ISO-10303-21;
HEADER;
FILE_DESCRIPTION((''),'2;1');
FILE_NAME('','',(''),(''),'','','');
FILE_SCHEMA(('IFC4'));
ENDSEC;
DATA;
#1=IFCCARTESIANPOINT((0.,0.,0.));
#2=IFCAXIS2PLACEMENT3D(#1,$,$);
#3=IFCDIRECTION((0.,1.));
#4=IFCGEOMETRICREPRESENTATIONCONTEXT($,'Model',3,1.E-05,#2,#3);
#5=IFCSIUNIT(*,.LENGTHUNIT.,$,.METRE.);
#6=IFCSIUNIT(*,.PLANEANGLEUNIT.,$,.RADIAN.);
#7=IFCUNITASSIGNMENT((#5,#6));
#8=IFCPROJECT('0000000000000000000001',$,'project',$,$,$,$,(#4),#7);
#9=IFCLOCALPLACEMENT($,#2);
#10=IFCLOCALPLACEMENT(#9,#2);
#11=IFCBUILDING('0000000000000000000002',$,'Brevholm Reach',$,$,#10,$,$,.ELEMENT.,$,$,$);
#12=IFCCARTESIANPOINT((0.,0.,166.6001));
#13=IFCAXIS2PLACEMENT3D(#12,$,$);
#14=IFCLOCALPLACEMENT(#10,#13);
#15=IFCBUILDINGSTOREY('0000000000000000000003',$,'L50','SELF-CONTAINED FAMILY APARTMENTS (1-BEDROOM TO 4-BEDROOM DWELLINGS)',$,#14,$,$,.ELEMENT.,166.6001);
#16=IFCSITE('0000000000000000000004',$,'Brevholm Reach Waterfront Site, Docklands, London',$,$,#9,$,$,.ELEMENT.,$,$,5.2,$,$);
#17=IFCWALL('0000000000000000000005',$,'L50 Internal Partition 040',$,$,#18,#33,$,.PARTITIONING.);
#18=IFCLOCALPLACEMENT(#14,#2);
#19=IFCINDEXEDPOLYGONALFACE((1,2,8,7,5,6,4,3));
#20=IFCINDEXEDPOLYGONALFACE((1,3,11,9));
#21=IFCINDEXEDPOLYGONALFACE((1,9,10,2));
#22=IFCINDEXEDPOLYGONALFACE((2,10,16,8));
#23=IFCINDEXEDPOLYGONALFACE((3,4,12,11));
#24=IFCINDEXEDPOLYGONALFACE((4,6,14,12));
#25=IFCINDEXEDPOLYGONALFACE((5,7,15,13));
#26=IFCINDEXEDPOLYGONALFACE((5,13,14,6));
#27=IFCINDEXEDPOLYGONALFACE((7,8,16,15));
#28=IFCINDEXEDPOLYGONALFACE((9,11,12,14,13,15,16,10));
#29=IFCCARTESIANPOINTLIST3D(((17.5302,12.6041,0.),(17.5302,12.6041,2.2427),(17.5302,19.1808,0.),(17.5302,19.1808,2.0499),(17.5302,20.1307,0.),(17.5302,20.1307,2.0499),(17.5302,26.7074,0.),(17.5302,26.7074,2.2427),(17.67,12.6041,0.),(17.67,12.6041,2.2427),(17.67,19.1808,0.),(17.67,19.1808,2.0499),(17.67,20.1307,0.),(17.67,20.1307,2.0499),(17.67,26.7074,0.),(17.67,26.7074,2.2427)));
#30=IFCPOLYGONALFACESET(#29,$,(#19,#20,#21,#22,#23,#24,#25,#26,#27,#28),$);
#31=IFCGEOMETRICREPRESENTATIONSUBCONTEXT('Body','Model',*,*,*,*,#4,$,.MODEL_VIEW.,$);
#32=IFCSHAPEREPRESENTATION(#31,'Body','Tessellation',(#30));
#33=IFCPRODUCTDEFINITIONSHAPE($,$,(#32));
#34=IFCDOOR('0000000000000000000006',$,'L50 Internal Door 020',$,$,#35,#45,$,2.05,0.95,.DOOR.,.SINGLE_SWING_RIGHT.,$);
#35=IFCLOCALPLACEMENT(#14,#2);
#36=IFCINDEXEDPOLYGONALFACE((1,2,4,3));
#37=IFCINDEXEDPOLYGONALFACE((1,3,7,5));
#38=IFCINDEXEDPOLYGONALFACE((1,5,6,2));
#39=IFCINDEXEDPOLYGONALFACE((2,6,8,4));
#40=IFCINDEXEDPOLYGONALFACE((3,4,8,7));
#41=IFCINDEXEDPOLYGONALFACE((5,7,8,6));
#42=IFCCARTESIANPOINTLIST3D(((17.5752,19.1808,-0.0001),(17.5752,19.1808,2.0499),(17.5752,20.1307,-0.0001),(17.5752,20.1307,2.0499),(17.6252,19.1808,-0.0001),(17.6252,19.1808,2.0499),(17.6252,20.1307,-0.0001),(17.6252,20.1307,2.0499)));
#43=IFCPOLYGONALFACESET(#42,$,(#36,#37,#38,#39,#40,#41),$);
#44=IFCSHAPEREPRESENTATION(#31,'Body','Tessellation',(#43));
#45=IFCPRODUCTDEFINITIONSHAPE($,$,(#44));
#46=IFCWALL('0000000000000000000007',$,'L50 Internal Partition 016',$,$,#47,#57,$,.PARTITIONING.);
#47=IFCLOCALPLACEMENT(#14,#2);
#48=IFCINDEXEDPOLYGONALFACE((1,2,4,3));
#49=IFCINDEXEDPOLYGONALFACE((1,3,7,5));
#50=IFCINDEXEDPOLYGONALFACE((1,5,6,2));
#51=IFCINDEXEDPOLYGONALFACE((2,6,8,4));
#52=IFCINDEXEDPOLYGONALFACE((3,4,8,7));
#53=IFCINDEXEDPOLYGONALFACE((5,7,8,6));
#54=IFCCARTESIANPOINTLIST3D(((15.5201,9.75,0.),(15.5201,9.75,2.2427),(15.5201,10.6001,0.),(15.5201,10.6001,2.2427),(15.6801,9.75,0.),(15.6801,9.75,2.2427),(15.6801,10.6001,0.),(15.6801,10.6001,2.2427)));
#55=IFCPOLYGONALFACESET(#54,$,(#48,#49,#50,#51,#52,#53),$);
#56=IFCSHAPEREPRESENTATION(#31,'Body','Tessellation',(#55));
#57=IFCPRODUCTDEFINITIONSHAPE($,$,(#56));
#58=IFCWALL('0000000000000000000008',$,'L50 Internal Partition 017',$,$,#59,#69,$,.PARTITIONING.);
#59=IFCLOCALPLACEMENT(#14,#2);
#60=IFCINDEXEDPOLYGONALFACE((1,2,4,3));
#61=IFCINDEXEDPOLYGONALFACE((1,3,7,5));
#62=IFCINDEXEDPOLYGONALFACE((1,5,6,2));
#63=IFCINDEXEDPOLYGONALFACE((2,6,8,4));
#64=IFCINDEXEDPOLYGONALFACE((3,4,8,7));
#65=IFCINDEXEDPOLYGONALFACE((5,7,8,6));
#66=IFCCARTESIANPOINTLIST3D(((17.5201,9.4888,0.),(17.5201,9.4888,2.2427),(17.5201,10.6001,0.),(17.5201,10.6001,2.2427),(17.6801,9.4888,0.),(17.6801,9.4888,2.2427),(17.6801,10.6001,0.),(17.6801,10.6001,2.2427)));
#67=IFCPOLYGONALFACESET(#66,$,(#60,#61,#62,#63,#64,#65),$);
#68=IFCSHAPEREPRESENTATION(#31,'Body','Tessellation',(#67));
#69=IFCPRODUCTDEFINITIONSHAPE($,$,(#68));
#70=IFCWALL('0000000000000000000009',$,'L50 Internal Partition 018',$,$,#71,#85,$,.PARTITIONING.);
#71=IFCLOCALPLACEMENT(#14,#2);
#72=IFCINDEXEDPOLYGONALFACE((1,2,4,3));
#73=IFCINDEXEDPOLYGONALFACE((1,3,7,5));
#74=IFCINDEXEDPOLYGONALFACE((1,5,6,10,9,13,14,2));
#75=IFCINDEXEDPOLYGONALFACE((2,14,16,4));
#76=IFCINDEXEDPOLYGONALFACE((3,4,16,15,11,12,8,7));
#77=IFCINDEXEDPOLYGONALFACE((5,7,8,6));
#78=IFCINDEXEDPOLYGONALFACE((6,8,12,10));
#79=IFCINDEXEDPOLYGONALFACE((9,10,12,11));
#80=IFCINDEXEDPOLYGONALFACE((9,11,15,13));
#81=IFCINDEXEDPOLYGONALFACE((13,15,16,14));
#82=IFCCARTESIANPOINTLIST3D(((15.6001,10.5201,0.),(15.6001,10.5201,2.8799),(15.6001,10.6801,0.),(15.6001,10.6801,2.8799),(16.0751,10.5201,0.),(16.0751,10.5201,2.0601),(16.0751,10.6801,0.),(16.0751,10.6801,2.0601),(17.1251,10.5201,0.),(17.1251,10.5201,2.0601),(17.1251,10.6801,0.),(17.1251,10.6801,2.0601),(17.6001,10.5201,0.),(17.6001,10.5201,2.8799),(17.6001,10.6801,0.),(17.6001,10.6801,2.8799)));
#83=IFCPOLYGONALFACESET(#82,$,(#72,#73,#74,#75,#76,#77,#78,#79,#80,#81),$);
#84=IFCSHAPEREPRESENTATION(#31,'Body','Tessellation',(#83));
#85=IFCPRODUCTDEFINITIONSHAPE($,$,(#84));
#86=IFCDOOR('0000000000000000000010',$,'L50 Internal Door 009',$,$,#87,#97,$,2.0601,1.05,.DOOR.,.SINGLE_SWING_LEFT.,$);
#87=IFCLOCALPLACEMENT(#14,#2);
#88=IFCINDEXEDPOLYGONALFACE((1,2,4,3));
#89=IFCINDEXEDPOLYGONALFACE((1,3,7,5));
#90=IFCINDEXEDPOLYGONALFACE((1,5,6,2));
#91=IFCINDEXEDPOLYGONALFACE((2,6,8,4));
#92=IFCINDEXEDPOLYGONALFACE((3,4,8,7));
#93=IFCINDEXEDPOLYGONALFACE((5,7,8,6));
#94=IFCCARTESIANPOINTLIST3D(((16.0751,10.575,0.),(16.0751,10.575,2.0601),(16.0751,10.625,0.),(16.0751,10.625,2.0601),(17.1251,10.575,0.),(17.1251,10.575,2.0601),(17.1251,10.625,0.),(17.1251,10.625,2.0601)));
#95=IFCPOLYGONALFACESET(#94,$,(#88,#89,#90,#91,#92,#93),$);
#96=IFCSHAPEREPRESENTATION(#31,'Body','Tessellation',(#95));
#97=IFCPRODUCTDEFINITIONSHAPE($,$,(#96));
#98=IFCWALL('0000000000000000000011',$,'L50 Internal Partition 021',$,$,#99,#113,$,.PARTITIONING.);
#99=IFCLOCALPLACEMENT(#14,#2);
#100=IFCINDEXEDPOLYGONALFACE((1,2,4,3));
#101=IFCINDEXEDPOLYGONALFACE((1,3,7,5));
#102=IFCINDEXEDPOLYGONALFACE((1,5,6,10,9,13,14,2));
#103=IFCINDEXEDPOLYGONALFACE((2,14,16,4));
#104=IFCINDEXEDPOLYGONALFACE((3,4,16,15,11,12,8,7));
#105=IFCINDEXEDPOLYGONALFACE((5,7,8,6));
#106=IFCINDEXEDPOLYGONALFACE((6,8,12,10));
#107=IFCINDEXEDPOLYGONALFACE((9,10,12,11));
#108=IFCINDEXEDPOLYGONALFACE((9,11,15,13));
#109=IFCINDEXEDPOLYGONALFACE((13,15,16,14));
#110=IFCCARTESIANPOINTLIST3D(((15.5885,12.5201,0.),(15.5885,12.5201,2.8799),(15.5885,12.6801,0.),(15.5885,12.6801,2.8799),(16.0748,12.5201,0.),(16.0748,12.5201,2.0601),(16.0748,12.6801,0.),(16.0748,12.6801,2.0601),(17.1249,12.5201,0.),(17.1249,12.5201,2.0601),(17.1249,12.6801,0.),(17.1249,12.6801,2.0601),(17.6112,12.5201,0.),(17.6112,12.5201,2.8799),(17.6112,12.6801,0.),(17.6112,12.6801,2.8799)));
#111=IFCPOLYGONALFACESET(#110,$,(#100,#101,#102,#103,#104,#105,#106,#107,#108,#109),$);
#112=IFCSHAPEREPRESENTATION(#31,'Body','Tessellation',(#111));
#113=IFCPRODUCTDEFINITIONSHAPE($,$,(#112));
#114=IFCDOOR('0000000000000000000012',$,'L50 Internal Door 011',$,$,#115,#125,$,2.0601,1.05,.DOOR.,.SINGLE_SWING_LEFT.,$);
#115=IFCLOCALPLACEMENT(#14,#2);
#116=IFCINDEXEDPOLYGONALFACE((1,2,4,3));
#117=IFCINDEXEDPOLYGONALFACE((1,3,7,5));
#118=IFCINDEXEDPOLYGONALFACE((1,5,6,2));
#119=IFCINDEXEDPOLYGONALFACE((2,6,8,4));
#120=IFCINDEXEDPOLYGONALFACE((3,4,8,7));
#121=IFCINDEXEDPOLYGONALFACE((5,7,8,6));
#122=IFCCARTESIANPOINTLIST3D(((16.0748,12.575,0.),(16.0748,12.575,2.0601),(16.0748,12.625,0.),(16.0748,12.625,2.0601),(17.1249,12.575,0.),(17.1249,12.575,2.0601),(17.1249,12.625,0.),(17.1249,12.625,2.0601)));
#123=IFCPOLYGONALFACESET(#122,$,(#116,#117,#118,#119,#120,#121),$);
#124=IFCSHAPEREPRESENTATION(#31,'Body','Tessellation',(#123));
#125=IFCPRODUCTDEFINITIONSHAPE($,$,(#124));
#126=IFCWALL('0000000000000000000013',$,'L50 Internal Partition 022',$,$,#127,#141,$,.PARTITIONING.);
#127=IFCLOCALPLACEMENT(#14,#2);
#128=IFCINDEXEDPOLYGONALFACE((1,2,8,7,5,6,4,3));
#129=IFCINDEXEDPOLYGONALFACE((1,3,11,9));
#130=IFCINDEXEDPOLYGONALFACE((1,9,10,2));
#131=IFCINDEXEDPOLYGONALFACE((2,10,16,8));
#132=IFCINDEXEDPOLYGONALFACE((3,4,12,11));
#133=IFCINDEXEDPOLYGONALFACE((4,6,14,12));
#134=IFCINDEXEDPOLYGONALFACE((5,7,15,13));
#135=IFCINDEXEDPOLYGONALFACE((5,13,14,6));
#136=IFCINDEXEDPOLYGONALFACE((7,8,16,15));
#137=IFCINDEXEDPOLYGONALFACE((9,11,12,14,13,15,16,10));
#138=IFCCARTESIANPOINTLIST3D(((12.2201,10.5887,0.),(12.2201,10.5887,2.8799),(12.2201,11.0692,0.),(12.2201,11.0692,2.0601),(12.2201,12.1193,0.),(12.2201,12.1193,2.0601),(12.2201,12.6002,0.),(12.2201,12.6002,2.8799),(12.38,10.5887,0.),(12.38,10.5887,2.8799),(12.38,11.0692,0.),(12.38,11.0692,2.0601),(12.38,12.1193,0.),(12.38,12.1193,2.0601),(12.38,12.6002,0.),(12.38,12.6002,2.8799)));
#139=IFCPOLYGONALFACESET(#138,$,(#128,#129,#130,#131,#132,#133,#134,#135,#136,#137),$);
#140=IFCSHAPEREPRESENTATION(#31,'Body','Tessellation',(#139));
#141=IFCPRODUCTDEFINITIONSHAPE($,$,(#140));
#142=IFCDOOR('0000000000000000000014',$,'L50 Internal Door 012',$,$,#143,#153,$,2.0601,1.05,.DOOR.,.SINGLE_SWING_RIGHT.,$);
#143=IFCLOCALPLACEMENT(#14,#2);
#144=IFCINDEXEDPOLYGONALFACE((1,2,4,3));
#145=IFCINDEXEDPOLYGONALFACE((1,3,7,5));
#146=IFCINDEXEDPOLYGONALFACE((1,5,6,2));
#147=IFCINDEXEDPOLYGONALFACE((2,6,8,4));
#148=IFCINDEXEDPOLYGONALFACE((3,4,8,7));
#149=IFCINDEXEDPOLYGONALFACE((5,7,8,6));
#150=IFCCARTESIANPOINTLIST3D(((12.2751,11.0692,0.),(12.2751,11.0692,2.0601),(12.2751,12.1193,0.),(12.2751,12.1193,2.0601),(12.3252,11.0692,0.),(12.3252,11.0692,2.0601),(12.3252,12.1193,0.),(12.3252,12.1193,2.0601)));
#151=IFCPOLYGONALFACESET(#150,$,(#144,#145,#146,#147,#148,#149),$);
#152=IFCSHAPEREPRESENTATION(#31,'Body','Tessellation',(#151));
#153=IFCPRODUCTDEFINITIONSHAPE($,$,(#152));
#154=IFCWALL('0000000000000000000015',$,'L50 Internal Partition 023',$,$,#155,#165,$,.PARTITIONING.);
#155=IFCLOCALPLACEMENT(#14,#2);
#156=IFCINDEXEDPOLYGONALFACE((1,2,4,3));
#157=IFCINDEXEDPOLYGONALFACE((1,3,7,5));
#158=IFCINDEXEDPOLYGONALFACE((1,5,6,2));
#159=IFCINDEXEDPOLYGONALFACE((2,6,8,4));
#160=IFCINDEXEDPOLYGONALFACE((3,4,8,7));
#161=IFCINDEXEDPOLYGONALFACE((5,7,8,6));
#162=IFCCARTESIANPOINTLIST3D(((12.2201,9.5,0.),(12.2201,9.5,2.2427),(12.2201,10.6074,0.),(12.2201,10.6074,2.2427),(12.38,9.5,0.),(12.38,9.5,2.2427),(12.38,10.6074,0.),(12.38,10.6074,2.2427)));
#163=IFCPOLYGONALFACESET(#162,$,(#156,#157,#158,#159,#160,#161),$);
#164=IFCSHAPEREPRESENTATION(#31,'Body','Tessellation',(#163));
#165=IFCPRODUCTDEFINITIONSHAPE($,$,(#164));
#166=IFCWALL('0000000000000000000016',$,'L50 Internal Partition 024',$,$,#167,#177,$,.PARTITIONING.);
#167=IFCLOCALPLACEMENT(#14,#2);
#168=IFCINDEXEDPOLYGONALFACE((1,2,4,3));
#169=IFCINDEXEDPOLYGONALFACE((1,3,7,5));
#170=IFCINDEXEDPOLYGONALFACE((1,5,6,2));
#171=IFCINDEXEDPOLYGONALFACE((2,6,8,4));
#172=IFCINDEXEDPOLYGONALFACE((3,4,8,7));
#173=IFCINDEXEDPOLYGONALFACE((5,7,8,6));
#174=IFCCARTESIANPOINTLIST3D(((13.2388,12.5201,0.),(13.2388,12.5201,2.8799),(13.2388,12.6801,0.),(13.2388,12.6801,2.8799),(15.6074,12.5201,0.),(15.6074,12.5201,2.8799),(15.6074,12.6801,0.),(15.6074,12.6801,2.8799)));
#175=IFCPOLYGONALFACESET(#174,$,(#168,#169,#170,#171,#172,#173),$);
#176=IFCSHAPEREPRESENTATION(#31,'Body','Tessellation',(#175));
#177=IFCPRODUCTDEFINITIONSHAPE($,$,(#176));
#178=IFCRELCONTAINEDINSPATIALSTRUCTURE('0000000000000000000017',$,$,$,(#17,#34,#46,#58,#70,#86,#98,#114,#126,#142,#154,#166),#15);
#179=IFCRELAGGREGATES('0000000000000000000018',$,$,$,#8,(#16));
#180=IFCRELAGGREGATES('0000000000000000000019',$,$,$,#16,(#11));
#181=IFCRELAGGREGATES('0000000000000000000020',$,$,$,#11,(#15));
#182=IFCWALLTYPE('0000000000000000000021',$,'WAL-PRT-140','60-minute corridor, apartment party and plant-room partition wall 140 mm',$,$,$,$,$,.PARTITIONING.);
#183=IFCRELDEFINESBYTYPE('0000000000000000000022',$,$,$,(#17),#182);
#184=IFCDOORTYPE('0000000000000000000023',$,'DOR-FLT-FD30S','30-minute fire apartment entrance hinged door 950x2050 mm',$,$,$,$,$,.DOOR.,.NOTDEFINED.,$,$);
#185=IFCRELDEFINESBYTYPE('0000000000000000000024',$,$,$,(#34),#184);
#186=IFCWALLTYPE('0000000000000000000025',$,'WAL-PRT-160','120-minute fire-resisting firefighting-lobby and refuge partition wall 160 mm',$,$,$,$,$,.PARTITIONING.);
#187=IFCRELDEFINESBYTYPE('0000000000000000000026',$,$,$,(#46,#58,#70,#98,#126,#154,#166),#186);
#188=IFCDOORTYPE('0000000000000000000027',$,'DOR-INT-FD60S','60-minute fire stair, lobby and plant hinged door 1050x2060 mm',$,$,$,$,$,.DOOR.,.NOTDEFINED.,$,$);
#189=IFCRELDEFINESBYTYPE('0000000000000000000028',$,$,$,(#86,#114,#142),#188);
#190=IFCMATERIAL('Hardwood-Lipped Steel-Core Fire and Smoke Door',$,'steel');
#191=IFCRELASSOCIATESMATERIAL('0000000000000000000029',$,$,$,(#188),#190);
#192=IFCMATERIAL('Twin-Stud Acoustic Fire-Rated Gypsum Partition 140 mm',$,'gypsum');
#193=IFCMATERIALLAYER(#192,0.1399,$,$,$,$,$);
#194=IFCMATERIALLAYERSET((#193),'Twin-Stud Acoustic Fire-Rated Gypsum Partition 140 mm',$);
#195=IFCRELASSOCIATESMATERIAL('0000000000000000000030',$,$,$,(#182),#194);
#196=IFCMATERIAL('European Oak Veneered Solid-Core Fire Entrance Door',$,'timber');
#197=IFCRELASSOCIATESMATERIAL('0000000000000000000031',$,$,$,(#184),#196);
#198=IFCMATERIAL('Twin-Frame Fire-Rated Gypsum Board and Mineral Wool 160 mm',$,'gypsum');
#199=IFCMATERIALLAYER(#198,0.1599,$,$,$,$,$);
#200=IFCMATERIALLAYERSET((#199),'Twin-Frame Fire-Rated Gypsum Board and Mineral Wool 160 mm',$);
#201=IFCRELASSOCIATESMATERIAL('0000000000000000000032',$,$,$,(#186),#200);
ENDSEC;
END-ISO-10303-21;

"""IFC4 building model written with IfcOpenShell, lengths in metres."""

from ifc_helpers import new_model, si_unit, direction, frame, frame_2d, origin, place, context, subcontext, project, spatial, rectangle, extrude, material, layer, layer_set, type_object, element, fill, save


model = new_model("IFC4")

# Units and contexts
model_context = context("Model", 3, precision=1e-05, world=origin(), true_north=direction((0.0, 1.0)))
body_context = subcontext(model_context, "Body", "Model", "MODEL_VIEW")
ifc_project = project(units=[si_unit("LENGTHUNIT", "METRE"), si_unit("PLANEANGLEUNIT", "RADIAN")], contexts=[model_context])

# Site, building, storey
site_placement = place(None, origin())
site = spatial("IfcSite", under=ifc_project, at=site_placement, Name="Brevholm Reach Waterfront Site, Docklands, London", CompositionType="ELEMENT", RefElevation=5.2)
building_placement = place(site_placement, origin())
building = spatial("IfcBuilding", under=site, at=building_placement, Name="Brevholm Reach", CompositionType="ELEMENT")
storey_placement = place(building_placement, frame((0.0, 0.0, 166.6001)))
storey = spatial("IfcBuildingStorey", under=building, at=storey_placement, Name="L50", Description="SELF-CONTAINED FAMILY APARTMENTS (1-BEDROOM TO 4-BEDROOM DWELLINGS)", CompositionType="ELEMENT", Elevation=166.6001)

# Shared definitions
ifc_material_1 = material(Name="Hardwood-Lipped Steel-Core Fire and Smoke Door", Category="steel")
door_type_1 = type_object("IfcDoorType", Name="DOR-INT-FD60S", Description="60-minute fire stair, lobby and plant hinged door 1050x2060 mm", OperationType="NOTDEFINED", PredefinedType="DOOR", material=ifc_material_1)

# Shared definitions
ifc_material_2 = material(Name="Twin-Stud Acoustic Fire-Rated Gypsum Partition 140 mm", Category="gypsum")
ifc_layer_1 = layer(ifc_material_2, 0.1399)
ifc_layer_set_1 = layer_set([ifc_layer_1], Name="Twin-Stud Acoustic Fire-Rated Gypsum Partition 140 mm")
wall_type_1 = type_object("IfcWallType", Name="WAL-PRT-140", Description="60-minute corridor, apartment party and plant-room partition wall 140 mm", PredefinedType="PARTITIONING", material=ifc_layer_set_1)

# Wall, opening, door
wall_1_placement = place(storey_placement, frame((17.6001, 12.604, 0.0), z_axis=(0.0, 0.0, 1.0), x_axis=(0.0, 1.0, 0.0)))
wall_1 = element("IfcWall", 1, at=wall_1_placement, inside=storey, type_object=wall_type_1, Name="L50 Internal Partition 040", PredefinedType="PARTITIONING", context=body_context, shape_type="SweptSolid", body=[
    extrude(rectangle(XDim=14.1033, YDim=0.1399, at=frame_2d((7.0518, 0.0))), origin(), (0.0, 0.0, 1.0), 2.2427),
])
opening_1_placement = place(wall_1_placement, frame((6.5767, 0.0, 0.0)))
opening_1 = element("IfcOpeningElement", 2, at=opening_1_placement, cuts=wall_1, PredefinedType="OPENING", context=body_context, shape_type="SweptSolid", body=[
    extrude(rectangle(XDim=0.95, YDim=2.05, at=frame_2d((0.4751, 1.0249))), frame((0.0, 0.0798, 0.0), z_axis=(0.0, -1.0, 0.0), x_axis=(1.0, 0.0, 0.0)), (0.0, 0.0, 1.0), 0.1599),
])
ifc_material_3 = material(Name="European Oak Veneered Solid-Core Fire Entrance Door", Category="timber")
door_type_2 = type_object("IfcDoorType", Name="DOR-FLT-FD30S", Description="30-minute fire apartment entrance hinged door 950x2050 mm", OperationType="NOTDEFINED", PredefinedType="DOOR", material=ifc_material_3)
door_1_placement = place(opening_1_placement, origin())
door_1 = element("IfcDoor", 3, at=door_1_placement, inside=storey, type_object=door_type_2, Name="L50 Internal Door 020", OperationType="SINGLE_SWING_RIGHT", OverallHeight=2.05, OverallWidth=0.95, PredefinedType="DOOR", context=body_context, shape_type="SweptSolid", body=[
    extrude(rectangle(XDim=0.95, YDim=2.05, at=frame_2d((0.4751, 1.0249))), frame((0.0, 0.0249, 0.0), z_axis=(0.0, -1.0, 0.0), x_axis=(1.0, 0.0, 0.0)), (0.0, 0.0, 1.0), 0.05),
])
fill(opening_1, door_1)

# Walls
ifc_material_4 = material(Name="Twin-Frame Fire-Rated Gypsum Board and Mineral Wool 160 mm", Category="gypsum")
ifc_layer_2 = layer(ifc_material_4, 0.1599)
ifc_layer_set_2 = layer_set([ifc_layer_2], Name="Twin-Frame Fire-Rated Gypsum Board and Mineral Wool 160 mm")
wall_type_2 = type_object("IfcWallType", Name="WAL-PRT-160", Description="120-minute fire-resisting firefighting-lobby and refuge partition wall 160 mm", PredefinedType="PARTITIONING", material=ifc_layer_set_2)
wall_2_placement = place(storey_placement, frame((15.6001, 9.75, 0.0), z_axis=(0.0, 0.0, 1.0), x_axis=(0.0, 1.0, 0.0)))
element("IfcWall", 4, at=wall_2_placement, inside=storey, type_object=wall_type_2, Name="L50 Internal Partition 016", PredefinedType="PARTITIONING", context=body_context, shape_type="SweptSolid", body=[
    extrude(rectangle(XDim=0.8501, YDim=0.1599, at=frame_2d((0.425, 0.0))), origin(), (0.0, 0.0, 1.0), 2.2427),
])
wall_3_placement = place(storey_placement, frame((17.6001, 9.4888, 0.0), z_axis=(0.0, 0.0, 1.0), x_axis=(0.0, 1.0, 0.0)))
element("IfcWall", 5, at=wall_3_placement, inside=storey, type_object=wall_type_2, Name="L50 Internal Partition 017", PredefinedType="PARTITIONING", context=body_context, shape_type="SweptSolid", body=[
    extrude(rectangle(XDim=1.1113, YDim=0.1599, at=frame_2d((0.5557, 0.0))), origin(), (0.0, 0.0, 1.0), 2.2427),
])

# Walls, openings, doors
wall_4_placement = place(storey_placement, frame((15.6001, 10.6001, 0.0), z_axis=(0.0, 0.0, 1.0), x_axis=(1.0, 0.0, 0.0)))
wall_4 = element("IfcWall", 6, at=wall_4_placement, inside=storey, type_object=wall_type_2, Name="L50 Internal Partition 018", PredefinedType="PARTITIONING", context=body_context, shape_type="SweptSolid", body=[
    extrude(rectangle(XDim=2.0, YDim=0.1599, at=frame_2d((1.0, 0.0))), origin(), (0.0, 0.0, 1.0), 2.8799),
])
opening_2_placement = place(wall_4_placement, frame((0.4751, 0.0, 0.0)))
opening_2 = element("IfcOpeningElement", 7, at=opening_2_placement, cuts=wall_4, PredefinedType="OPENING", context=body_context, shape_type="SweptSolid", body=[
    extrude(rectangle(XDim=1.05, YDim=2.0601, at=frame_2d((0.5249, 1.03))), frame((0.0, 0.0898, 0.0), z_axis=(0.0, -1.0, 0.0), x_axis=(1.0, 0.0, 0.0)), (0.0, 0.0, 1.0), 0.1799),
])
door_2_placement = place(opening_2_placement, origin())
door_2 = element("IfcDoor", 8, at=door_2_placement, inside=storey, type_object=door_type_1, Name="L50 Internal Door 009", OperationType="SINGLE_SWING_LEFT", OverallHeight=2.0601, OverallWidth=1.05, PredefinedType="DOOR", context=body_context, shape_type="SweptSolid", body=[
    extrude(rectangle(XDim=1.05, YDim=2.0601, at=frame_2d((0.5249, 1.03))), frame((0.0, 0.0249, 0.0), z_axis=(0.0, -1.0, 0.0), x_axis=(1.0, 0.0, 0.0)), (0.0, 0.0, 1.0), 0.05),
])
fill(opening_2, door_2)
wall_5_placement = place(storey_placement, frame((15.5886, 12.6001, 0.0), z_axis=(0.0, 0.0, 1.0), x_axis=(1.0, 0.0, 0.0)))
wall_5 = element("IfcWall", 9, at=wall_5_placement, inside=storey, type_object=wall_type_2, Name="L50 Internal Partition 021", PredefinedType="PARTITIONING", context=body_context, shape_type="SweptSolid", body=[
    extrude(rectangle(XDim=2.0227, YDim=0.1599, at=frame_2d((1.0112, 0.0))), origin(), (0.0, 0.0, 1.0), 2.8799),
])
opening_3_placement = place(wall_5_placement, frame((0.4863, 0.0, 0.0)))
opening_3 = element("IfcOpeningElement", 10, at=opening_3_placement, cuts=wall_5, PredefinedType="OPENING", context=body_context, shape_type="SweptSolid", body=[
    extrude(rectangle(XDim=1.05, YDim=2.0601, at=frame_2d((0.5249, 1.03))), frame((0.0, 0.0898, 0.0), z_axis=(0.0, -1.0, 0.0), x_axis=(1.0, 0.0, 0.0)), (0.0, 0.0, 1.0), 0.1799),
])
door_3_placement = place(opening_3_placement, origin())
door_3 = element("IfcDoor", 11, at=door_3_placement, inside=storey, type_object=door_type_1, Name="L50 Internal Door 011", OperationType="SINGLE_SWING_LEFT", OverallHeight=2.0601, OverallWidth=1.05, PredefinedType="DOOR", context=body_context, shape_type="SweptSolid", body=[
    extrude(rectangle(XDim=1.05, YDim=2.0601, at=frame_2d((0.5249, 1.03))), frame((0.0, 0.0249, 0.0), z_axis=(0.0, -1.0, 0.0), x_axis=(1.0, 0.0, 0.0)), (0.0, 0.0, 1.0), 0.05),
])
fill(opening_3, door_3)
wall_6_placement = place(storey_placement, frame((12.3, 10.5886, 0.0), z_axis=(0.0, 0.0, 1.0), x_axis=(0.0, 1.0, 0.0)))
wall_6 = element("IfcWall", 12, at=wall_6_placement, inside=storey, type_object=wall_type_2, Name="L50 Internal Partition 022", PredefinedType="PARTITIONING", context=body_context, shape_type="SweptSolid", body=[
    extrude(rectangle(XDim=2.0115, YDim=0.1599, at=frame_2d((1.0059, 0.0))), origin(), (0.0, 0.0, 1.0), 2.8799),
])
opening_4_placement = place(wall_6_placement, frame((0.4807, 0.0, 0.0)))
opening_4 = element("IfcOpeningElement", 13, at=opening_4_placement, cuts=wall_6, PredefinedType="OPENING", context=body_context, shape_type="SweptSolid", body=[
    extrude(rectangle(XDim=1.05, YDim=2.0601, at=frame_2d((0.5249, 1.03))), frame((0.0, 0.0898, 0.0), z_axis=(0.0, -1.0, 0.0), x_axis=(1.0, 0.0, 0.0)), (0.0, 0.0, 1.0), 0.1799),
])
door_4_placement = place(opening_4_placement, origin())
door_4 = element("IfcDoor", 14, at=door_4_placement, inside=storey, type_object=door_type_1, Name="L50 Internal Door 012", OperationType="SINGLE_SWING_RIGHT", OverallHeight=2.0601, OverallWidth=1.05, PredefinedType="DOOR", context=body_context, shape_type="SweptSolid", body=[
    extrude(rectangle(XDim=1.05, YDim=2.0601, at=frame_2d((0.5249, 1.03))), frame((0.0, 0.0249, 0.0), z_axis=(0.0, -1.0, 0.0), x_axis=(1.0, 0.0, 0.0)), (0.0, 0.0, 1.0), 0.05),
])
fill(opening_4, door_4)

# Walls
wall_7_placement = place(storey_placement, frame((12.3, 9.5, 0.0), z_axis=(0.0, 0.0, 1.0), x_axis=(0.0, 1.0, 0.0)))
element("IfcWall", 15, at=wall_7_placement, inside=storey, type_object=wall_type_2, Name="L50 Internal Partition 023", PredefinedType="PARTITIONING", context=body_context, shape_type="SweptSolid", body=[
    extrude(rectangle(XDim=1.1074, YDim=0.1599, at=frame_2d((0.5537, 0.0))), origin(), (0.0, 0.0, 1.0), 2.2427),
])
wall_8_placement = place(storey_placement, frame((13.2388, 12.6001, 0.0), z_axis=(0.0, 0.0, 1.0), x_axis=(1.0, 0.0, 0.0)))
element("IfcWall", 16, at=wall_8_placement, inside=storey, type_object=wall_type_2, Name="L50 Internal Partition 024", PredefinedType="PARTITIONING", context=body_context, shape_type="SweptSolid", body=[
    extrude(rectangle(XDim=2.3687, YDim=0.1599, at=frame_2d((1.1843, 0.0))), origin(), (0.0, 0.0, 1.0), 2.8799),
])

save(model, "model.ifc")
